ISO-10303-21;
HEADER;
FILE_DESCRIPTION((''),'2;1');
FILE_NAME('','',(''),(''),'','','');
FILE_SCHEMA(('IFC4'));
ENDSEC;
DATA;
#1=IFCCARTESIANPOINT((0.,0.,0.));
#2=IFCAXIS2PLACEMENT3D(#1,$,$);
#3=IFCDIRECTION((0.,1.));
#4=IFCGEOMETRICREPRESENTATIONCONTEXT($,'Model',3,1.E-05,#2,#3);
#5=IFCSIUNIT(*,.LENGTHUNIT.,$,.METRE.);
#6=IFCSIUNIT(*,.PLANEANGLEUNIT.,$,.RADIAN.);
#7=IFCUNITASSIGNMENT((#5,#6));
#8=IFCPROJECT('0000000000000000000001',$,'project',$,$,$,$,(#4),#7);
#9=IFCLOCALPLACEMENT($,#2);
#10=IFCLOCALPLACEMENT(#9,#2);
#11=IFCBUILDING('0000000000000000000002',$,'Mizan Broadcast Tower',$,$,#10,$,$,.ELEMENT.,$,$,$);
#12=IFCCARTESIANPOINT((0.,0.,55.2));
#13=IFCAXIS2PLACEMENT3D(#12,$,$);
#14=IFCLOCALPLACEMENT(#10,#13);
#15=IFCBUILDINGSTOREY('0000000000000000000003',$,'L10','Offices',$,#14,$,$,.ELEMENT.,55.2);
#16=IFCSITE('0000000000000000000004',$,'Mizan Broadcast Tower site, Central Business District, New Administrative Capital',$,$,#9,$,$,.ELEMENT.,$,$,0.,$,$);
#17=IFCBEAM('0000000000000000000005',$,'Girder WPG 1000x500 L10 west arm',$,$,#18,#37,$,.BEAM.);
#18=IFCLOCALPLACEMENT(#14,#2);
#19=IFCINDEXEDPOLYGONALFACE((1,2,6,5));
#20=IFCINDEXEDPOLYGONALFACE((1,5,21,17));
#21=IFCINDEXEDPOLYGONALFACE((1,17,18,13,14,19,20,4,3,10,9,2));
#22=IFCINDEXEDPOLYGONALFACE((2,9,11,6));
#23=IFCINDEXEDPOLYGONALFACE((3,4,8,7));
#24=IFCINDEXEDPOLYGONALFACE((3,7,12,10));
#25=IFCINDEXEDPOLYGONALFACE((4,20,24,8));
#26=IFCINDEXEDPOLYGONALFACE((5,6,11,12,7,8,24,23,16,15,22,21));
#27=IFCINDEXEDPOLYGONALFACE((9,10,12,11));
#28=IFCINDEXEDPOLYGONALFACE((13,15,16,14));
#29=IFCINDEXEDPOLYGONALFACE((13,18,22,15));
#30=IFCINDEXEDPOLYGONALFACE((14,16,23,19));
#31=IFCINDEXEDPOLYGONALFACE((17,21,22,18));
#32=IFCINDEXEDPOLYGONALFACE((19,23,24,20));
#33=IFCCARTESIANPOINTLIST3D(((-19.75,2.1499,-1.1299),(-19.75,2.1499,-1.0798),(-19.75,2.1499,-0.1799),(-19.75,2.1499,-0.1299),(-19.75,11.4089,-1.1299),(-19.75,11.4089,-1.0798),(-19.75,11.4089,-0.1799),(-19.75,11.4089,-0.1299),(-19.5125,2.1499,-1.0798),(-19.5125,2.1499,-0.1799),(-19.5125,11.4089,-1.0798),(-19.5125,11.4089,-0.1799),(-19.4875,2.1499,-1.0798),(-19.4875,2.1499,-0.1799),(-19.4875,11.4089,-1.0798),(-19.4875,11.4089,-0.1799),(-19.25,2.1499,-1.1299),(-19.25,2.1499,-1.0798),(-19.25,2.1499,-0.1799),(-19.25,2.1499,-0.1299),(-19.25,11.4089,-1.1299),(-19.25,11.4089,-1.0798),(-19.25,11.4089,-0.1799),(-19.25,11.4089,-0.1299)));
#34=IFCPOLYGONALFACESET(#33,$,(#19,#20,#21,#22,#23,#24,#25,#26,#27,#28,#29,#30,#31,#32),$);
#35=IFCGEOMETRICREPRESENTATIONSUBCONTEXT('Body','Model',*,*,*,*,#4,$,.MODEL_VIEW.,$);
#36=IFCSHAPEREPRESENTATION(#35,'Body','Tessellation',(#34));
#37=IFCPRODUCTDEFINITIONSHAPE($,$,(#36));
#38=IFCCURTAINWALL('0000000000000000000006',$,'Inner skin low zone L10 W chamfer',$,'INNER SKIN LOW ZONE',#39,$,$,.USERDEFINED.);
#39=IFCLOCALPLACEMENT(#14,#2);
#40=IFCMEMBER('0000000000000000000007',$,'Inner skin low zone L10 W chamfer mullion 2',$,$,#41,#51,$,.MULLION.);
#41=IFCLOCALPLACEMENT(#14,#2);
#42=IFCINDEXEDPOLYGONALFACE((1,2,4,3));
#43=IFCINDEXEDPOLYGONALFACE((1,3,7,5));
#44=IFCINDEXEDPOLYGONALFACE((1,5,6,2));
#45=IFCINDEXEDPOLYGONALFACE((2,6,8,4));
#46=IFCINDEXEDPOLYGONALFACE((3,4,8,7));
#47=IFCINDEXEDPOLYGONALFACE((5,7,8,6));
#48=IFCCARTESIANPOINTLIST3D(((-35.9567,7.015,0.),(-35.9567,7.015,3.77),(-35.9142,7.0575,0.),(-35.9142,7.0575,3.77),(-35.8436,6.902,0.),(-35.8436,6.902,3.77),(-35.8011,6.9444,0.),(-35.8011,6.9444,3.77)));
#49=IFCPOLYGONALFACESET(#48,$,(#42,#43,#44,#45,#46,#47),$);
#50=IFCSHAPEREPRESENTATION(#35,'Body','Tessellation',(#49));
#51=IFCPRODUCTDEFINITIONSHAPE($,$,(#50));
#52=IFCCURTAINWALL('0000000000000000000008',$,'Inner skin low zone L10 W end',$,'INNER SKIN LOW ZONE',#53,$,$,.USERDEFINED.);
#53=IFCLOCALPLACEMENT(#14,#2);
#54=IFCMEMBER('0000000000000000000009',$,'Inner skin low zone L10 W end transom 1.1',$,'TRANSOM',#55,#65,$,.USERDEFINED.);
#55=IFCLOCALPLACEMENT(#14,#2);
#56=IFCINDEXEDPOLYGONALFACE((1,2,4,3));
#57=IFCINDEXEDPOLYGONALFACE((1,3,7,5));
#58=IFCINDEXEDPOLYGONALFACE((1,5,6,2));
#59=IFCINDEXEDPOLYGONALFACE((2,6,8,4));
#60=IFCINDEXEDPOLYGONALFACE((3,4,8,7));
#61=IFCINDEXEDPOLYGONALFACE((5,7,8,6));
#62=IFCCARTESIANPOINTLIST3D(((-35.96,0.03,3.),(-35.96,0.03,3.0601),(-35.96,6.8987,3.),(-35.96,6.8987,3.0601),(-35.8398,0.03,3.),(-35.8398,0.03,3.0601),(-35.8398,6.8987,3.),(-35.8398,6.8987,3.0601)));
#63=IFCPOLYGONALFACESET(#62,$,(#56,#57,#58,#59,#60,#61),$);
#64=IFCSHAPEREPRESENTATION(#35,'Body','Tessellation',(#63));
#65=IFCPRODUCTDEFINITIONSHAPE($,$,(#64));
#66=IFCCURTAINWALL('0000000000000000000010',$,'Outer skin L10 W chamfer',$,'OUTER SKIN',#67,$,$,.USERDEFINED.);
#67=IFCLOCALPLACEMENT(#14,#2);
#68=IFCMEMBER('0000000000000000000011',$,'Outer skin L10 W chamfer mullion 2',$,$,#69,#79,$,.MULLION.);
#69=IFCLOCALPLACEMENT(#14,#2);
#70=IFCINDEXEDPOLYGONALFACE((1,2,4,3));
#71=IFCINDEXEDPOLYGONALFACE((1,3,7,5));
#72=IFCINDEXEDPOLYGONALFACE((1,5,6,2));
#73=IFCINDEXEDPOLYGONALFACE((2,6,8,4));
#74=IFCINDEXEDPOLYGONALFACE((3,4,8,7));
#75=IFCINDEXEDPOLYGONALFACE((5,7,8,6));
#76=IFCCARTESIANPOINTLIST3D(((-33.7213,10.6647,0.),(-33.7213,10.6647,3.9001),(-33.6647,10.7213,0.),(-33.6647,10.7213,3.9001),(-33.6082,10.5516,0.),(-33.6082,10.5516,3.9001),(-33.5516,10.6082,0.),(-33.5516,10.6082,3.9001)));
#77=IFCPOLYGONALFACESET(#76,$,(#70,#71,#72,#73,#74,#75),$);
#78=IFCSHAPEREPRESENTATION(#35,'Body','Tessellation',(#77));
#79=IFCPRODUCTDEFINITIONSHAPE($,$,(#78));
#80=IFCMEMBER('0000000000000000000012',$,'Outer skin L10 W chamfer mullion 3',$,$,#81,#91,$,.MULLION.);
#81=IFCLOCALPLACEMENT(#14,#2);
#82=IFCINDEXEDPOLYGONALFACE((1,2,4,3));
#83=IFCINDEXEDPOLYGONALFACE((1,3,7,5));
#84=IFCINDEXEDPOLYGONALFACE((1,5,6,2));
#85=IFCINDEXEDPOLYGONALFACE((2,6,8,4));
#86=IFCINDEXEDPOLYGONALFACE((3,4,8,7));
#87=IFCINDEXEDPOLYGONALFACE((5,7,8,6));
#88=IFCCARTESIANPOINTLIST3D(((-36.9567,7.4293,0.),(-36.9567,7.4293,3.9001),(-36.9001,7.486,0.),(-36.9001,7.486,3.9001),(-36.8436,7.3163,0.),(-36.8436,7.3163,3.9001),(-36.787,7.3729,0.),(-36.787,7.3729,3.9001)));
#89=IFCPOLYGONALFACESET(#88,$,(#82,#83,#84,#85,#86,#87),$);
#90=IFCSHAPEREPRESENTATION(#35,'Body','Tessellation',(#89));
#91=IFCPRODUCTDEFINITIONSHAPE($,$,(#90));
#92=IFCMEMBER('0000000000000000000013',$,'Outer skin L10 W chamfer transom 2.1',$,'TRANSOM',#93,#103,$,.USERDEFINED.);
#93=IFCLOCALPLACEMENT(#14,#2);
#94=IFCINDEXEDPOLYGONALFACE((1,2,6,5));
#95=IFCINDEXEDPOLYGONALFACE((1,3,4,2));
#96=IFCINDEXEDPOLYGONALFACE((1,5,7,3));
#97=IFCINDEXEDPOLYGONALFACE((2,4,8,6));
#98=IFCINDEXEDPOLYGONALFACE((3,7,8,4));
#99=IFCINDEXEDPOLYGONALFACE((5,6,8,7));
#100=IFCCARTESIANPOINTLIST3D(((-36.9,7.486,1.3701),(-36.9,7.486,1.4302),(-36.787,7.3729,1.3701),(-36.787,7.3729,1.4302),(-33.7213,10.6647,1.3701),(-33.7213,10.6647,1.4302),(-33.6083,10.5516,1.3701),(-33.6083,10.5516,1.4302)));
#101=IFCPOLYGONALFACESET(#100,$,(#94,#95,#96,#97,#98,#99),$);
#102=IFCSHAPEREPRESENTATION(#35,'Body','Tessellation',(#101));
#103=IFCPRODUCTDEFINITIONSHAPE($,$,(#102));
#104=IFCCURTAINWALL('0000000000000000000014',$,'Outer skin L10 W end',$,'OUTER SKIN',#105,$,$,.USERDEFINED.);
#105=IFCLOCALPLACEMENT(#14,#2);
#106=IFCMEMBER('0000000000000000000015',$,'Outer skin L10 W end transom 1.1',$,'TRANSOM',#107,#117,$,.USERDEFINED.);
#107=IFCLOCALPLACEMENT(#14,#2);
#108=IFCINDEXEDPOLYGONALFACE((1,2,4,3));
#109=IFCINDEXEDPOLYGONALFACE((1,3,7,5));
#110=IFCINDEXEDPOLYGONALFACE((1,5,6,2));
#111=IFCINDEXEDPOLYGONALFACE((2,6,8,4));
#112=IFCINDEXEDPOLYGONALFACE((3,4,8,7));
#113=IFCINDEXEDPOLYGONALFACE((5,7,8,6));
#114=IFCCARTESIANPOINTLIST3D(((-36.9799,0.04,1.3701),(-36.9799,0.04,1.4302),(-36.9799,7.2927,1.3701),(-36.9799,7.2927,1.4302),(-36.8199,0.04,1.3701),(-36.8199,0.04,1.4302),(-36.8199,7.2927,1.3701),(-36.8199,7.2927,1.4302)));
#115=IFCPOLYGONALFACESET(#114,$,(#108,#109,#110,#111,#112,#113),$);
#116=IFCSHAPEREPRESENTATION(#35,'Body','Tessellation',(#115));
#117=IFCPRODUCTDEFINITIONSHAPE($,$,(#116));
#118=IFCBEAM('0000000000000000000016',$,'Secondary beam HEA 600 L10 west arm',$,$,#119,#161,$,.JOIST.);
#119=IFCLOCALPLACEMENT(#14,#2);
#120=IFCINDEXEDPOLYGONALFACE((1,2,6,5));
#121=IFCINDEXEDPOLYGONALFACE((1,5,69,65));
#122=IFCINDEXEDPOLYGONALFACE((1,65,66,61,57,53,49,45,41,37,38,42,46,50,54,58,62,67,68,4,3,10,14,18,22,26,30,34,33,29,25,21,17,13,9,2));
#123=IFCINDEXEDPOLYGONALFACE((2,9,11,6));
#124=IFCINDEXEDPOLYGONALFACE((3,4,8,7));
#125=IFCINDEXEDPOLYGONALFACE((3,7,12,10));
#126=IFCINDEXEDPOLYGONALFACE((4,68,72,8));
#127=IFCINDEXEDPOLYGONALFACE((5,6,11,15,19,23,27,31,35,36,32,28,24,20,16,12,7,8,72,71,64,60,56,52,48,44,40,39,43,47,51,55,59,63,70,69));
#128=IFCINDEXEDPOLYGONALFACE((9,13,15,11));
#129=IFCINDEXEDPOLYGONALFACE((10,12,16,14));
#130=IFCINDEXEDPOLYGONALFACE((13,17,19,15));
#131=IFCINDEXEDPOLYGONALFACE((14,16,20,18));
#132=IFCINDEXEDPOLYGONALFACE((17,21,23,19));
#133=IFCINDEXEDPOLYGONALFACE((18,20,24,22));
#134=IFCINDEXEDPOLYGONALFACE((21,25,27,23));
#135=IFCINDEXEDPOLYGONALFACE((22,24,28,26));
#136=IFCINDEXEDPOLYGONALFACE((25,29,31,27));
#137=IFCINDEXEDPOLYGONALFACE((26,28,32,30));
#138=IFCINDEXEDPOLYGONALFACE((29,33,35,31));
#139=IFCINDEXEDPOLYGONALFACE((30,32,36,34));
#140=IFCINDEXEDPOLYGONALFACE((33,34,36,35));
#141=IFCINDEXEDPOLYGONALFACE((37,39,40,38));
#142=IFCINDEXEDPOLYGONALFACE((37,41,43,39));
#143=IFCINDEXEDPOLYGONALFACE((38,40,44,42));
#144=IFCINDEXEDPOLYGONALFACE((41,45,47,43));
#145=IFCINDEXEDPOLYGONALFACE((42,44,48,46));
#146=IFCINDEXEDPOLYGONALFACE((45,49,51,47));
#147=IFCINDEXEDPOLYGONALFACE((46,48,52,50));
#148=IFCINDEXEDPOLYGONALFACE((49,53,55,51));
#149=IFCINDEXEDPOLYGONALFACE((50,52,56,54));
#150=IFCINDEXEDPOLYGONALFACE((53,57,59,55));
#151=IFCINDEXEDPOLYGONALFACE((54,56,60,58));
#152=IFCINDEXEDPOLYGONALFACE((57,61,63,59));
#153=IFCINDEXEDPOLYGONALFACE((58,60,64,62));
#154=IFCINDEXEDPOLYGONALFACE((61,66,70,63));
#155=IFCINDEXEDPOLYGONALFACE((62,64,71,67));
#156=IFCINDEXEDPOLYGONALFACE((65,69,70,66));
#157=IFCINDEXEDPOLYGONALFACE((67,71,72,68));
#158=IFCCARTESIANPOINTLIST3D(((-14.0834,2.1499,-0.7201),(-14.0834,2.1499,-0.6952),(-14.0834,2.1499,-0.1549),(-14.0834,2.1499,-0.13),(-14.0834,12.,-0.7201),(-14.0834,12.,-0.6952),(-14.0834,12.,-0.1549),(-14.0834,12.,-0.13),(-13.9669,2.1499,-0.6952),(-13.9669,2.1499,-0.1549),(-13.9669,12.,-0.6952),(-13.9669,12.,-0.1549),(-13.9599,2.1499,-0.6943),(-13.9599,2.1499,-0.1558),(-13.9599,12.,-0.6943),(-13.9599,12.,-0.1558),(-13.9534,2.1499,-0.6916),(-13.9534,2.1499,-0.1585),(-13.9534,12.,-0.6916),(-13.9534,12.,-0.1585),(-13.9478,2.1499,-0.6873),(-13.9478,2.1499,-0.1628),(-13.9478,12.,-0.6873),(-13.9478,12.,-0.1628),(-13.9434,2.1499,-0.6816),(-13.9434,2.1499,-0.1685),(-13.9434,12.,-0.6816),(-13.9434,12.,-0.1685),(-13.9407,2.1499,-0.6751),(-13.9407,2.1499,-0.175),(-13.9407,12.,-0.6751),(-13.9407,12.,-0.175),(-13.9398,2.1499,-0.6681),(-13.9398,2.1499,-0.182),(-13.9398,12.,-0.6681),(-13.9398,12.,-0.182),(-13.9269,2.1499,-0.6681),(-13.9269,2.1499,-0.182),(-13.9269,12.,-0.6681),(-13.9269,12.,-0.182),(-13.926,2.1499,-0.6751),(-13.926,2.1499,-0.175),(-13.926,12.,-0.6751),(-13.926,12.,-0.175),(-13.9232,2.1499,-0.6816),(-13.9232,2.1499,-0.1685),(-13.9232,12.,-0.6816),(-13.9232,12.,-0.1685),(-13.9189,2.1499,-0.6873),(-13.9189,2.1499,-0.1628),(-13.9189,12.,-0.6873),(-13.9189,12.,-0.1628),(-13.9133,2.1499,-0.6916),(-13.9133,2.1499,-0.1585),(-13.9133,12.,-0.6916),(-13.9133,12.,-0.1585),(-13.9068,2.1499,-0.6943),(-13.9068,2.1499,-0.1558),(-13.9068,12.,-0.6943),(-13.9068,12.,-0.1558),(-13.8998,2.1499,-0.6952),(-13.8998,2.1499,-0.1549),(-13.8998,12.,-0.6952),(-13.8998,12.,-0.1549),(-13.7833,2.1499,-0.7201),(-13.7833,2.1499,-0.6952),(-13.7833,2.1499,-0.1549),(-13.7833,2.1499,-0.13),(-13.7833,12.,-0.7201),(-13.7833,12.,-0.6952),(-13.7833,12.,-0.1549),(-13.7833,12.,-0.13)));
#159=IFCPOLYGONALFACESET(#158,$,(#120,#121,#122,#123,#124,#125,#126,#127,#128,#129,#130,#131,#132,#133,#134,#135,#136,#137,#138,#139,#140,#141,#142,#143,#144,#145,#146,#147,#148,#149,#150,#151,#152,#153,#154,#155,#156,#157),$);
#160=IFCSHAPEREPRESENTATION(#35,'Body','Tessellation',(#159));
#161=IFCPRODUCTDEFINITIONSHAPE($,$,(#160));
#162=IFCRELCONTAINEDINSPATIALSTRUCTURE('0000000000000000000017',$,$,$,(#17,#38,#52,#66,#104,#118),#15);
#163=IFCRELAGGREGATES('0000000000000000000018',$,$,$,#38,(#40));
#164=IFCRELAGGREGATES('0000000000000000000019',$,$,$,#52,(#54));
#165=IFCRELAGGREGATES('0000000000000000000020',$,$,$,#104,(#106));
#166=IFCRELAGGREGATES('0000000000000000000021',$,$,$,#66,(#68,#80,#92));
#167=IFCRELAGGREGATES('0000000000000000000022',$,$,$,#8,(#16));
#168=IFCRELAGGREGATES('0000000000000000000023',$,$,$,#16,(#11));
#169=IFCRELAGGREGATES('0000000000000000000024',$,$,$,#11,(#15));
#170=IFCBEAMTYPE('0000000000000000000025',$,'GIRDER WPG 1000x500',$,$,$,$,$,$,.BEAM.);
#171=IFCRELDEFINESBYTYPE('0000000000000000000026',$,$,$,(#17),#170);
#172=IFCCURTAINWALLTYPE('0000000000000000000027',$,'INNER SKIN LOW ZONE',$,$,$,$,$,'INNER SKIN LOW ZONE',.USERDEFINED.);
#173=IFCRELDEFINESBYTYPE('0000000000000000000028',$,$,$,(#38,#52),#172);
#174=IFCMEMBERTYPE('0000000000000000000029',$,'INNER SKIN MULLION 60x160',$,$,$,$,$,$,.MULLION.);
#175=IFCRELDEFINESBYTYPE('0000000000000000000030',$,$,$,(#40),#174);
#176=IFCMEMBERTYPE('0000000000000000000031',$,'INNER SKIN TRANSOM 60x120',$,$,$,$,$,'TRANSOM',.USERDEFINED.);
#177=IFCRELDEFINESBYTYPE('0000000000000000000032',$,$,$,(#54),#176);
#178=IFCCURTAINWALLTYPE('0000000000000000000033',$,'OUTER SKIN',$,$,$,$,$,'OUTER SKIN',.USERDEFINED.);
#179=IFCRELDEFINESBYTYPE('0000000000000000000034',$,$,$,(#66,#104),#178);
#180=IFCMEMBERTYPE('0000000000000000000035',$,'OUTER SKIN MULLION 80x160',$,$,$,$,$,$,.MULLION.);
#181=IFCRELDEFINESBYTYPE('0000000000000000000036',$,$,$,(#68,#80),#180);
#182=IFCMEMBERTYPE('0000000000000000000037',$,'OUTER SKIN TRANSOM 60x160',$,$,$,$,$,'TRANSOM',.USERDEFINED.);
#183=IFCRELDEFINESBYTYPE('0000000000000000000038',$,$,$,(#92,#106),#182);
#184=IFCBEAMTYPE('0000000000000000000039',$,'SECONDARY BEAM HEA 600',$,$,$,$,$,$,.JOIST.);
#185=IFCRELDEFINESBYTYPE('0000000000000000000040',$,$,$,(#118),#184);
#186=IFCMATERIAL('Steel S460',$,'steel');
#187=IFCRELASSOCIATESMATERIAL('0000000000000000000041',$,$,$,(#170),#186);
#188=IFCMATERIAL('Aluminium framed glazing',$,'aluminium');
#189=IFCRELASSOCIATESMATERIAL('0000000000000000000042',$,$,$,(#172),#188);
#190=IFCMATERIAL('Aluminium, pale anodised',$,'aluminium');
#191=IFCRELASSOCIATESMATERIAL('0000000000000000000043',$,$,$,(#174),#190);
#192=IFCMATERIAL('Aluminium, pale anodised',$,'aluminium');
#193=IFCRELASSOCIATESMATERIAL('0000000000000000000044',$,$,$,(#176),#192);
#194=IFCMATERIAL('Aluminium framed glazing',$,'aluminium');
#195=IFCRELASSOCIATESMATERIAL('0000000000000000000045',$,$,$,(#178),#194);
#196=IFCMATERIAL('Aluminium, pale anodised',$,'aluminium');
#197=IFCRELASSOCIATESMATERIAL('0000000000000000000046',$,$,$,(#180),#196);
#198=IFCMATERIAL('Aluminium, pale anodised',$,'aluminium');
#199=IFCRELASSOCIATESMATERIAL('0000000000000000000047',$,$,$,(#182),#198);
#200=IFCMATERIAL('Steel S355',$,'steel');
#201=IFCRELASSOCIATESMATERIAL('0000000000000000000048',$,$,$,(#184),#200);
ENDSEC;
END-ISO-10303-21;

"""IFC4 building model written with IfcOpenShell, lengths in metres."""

from ifc_helpers import new_model, si_unit, direction, frame, origin, origin_2d, place, context, subcontext, project, spatial, rectangle, i_section, extrude, material, material_profile, profile_set, type_object, element, aggregate, save


model = new_model("IFC4")

# Units and contexts
model_context = context("Model", 3, precision=1e-05, world=origin(), true_north=direction((0.0, 1.0)))
body_context = subcontext(model_context, "Body", "Model", "MODEL_VIEW")
ifc_project = project(units=[si_unit("LENGTHUNIT", "METRE"), si_unit("PLANEANGLEUNIT", "RADIAN")], contexts=[model_context])

# Site, building, storey
site_placement = place(None, origin())
site = spatial("IfcSite", under=ifc_project, at=site_placement, Name="Mizan Broadcast Tower site, Central Business District, New Administrative Capital", CompositionType="ELEMENT", RefElevation=0.0)
building_placement = place(site_placement, origin())
building = spatial("IfcBuilding", under=site, at=building_placement, Name="Mizan Broadcast Tower", CompositionType="ELEMENT")
storey_placement = place(building_placement, frame((0.0, 0.0, 55.2)))
storey = spatial("IfcBuildingStorey", under=building, at=storey_placement, Name="L10", Description="Offices", CompositionType="ELEMENT", Elevation=55.2)

# Beam
ifc_material_1 = material(Name="Steel S460", Category="steel")
ifc_material_profile_1 = material_profile(ifc_material_1, i_section(OverallWidth=0.5, OverallDepth=1.0, WebThickness=0.0249, FlangeThickness=0.05, at=origin_2d()), Name="WPG 1000x500")
ifc_profile_set_1 = profile_set([ifc_material_profile_1], Name="Steel S460")
beam_type_1 = type_object("IfcBeamType", Name="GIRDER WPG 1000x500", PredefinedType="BEAM", material=ifc_profile_set_1)
beam_1_placement = place(storey_placement, frame((-19.5, 11.4089, -0.6299), z_axis=(0.0, -1.0, 0.0), x_axis=(1.0, 0.0, 0.0)))
element("IfcBeam", 1, at=beam_1_placement, inside=storey, type_object=beam_type_1, Name="Girder WPG 1000x500 L10 west arm", PredefinedType="BEAM", context=body_context, shape_type="SweptSolid", body=[
    extrude(i_section(OverallWidth=0.5, OverallDepth=1.0, WebThickness=0.0249, FlangeThickness=0.05, at=origin_2d()), origin(), (0.0, 0.0, 1.0), 9.259),
])

# Curtain walls, members
ifc_material_2 = material(Name="Aluminium framed glazing", Category="aluminium")
curtain_wall_type_1 = type_object("IfcCurtainWallType", Name="INNER SKIN LOW ZONE", ElementType="INNER SKIN LOW ZONE", PredefinedType="USERDEFINED", material=ifc_material_2)
curtain_wall_1_placement = place(storey_placement, origin())
curtain_wall_1 = element("IfcCurtainWall", 2, at=curtain_wall_1_placement, inside=storey, type_object=curtain_wall_type_1, Name="Inner skin low zone L10 W chamfer", ObjectType="INNER SKIN LOW ZONE", PredefinedType="USERDEFINED")
ifc_material_3 = material(Name="Aluminium, pale anodised", Category="aluminium")
ifc_material_profile_2 = material_profile(ifc_material_3, rectangle(XDim=0.1599, YDim=0.0601, at=origin_2d()), Name="MULLION 160x60")
ifc_profile_set_2 = profile_set([ifc_material_profile_2], Name="Aluminium, pale anodised")
member_type_1 = type_object("IfcMemberType", Name="INNER SKIN MULLION 60x160", PredefinedType="MULLION", material=ifc_profile_set_2)
member_1_placement = place(storey_placement, frame((-35.8789, 6.9797, 0.0), z_axis=(0.0, 0.0, 1.0), x_axis=(0.707107, -0.707107, 0.0)))
member_1 = element("IfcMember", 3, at=member_1_placement, type_object=member_type_1, Name="Inner skin low zone L10 W chamfer mullion 2", PredefinedType="MULLION", context=body_context, shape_type="SweptSolid", body=[
    extrude(rectangle(XDim=0.1599, YDim=0.0601, at=origin_2d()), origin(), (0.0, 0.0, 1.0), 3.77),
])
curtain_wall_2_placement = place(storey_placement, origin())
curtain_wall_2 = element("IfcCurtainWall", 4, at=curtain_wall_2_placement, inside=storey, type_object=curtain_wall_type_1, Name="Inner skin low zone L10 W end", ObjectType="INNER SKIN LOW ZONE", PredefinedType="USERDEFINED")
ifc_material_4 = material(Name="Aluminium, pale anodised", Category="aluminium")
ifc_material_profile_3 = material_profile(ifc_material_4, rectangle(XDim=0.1201, YDim=0.0601, at=origin_2d()), Name="TRANSOM 120x60")
ifc_profile_set_3 = profile_set([ifc_material_profile_3], Name="Aluminium, pale anodised")
member_type_2 = type_object("IfcMemberType", Name="INNER SKIN TRANSOM 60x120", ElementType="TRANSOM", PredefinedType="USERDEFINED", material=ifc_profile_set_3)
member_2_placement = place(storey_placement, frame((-35.8999, 6.8987, 3.03), z_axis=(0.0, -1.0, 0.0), x_axis=(1.0, 0.0, 0.0)))
member_2 = element("IfcMember", 5, at=member_2_placement, type_object=member_type_2, Name="Inner skin low zone L10 W end transom 1.1", ObjectType="TRANSOM", PredefinedType="USERDEFINED", context=body_context, shape_type="SweptSolid", body=[
    extrude(rectangle(XDim=0.1201, YDim=0.0601, at=origin_2d()), origin(), (0.0, 0.0, 1.0), 6.8687),
])

# Curtain wall, members
ifc_material_5 = material(Name="Aluminium framed glazing", Category="aluminium")
curtain_wall_type_2 = type_object("IfcCurtainWallType", Name="OUTER SKIN", ElementType="OUTER SKIN", PredefinedType="USERDEFINED", material=ifc_material_5)
curtain_wall_3_placement = place(storey_placement, origin())
curtain_wall_3 = element("IfcCurtainWall", 6, at=curtain_wall_3_placement, inside=storey, type_object=curtain_wall_type_2, Name="Outer skin L10 W chamfer", ObjectType="OUTER SKIN", PredefinedType="USERDEFINED")
ifc_material_6 = material(Name="Aluminium, pale anodised", Category="aluminium")
ifc_material_profile_4 = material_profile(ifc_material_6, rectangle(XDim=0.1599, YDim=0.0801, at=origin_2d()), Name="MULLION 160x80")
ifc_profile_set_4 = profile_set([ifc_material_profile_4], Name="Aluminium, pale anodised")
member_type_3 = type_object("IfcMemberType", Name="OUTER SKIN MULLION 80x160", PredefinedType="MULLION", material=ifc_profile_set_4)
member_3_placement = place(storey_placement, frame((-33.6365, 10.6365, 0.0), z_axis=(0.0, 0.0, 1.0), x_axis=(0.707107, -0.707107, 0.0)))
member_3 = element("IfcMember", 7, at=member_3_placement, type_object=member_type_3, Name="Outer skin L10 W chamfer mullion 2", PredefinedType="MULLION", context=body_context, shape_type="SweptSolid", body=[
    extrude(rectangle(XDim=0.1599, YDim=0.0801, at=origin_2d()), origin(), (0.0, 0.0, 1.0), 3.9001),
])
member_4_placement = place(storey_placement, frame((-36.8718, 7.4011, 0.0), z_axis=(0.0, 0.0, 1.0), x_axis=(0.707107, -0.707107, 0.0)))
member_4 = element("IfcMember", 8, at=member_4_placement, type_object=member_type_3, Name="Outer skin L10 W chamfer mullion 3", PredefinedType="MULLION", context=body_context, shape_type="SweptSolid", body=[
    extrude(rectangle(XDim=0.1599, YDim=0.0801, at=origin_2d()), origin(), (0.0, 0.0, 1.0), 3.9001),
])
ifc_material_7 = material(Name="Aluminium, pale anodised", Category="aluminium")
ifc_material_profile_5 = material_profile(ifc_material_7, rectangle(XDim=0.1599, YDim=0.0601, at=origin_2d()), Name="TRANSOM 160x60")
ifc_profile_set_5 = profile_set([ifc_material_profile_5], Name="Aluminium, pale anodised")
member_type_4 = type_object("IfcMemberType", Name="OUTER SKIN TRANSOM 60x160", ElementType="TRANSOM", PredefinedType="USERDEFINED", material=ifc_profile_set_5)
member_5_placement = place(storey_placement, frame((-33.6648, 10.6082, 1.4001), z_axis=(-0.707107, -0.707107, 0.0), x_axis=(0.707107, -0.707107, 0.0)))
member_5 = element("IfcMember", 9, at=member_5_placement, type_object=member_type_4, Name="Outer skin L10 W chamfer transom 2.1", ObjectType="TRANSOM", PredefinedType="USERDEFINED", context=body_context, shape_type="SweptSolid", body=[
    extrude(rectangle(XDim=0.1599, YDim=0.0601, at=origin_2d()), origin(), (0.0, 0.0, 1.0), 4.4954),
])

# Curtain wall, member
curtain_wall_4_placement = place(storey_placement, origin())
curtain_wall_4 = element("IfcCurtainWall", 10, at=curtain_wall_4_placement, inside=storey, type_object=curtain_wall_type_2, Name="Outer skin L10 W end", ObjectType="OUTER SKIN", PredefinedType="USERDEFINED")
member_6_placement = place(storey_placement, frame((-36.8999, 7.2927, 1.4001), z_axis=(0.0, -1.0, 0.0), x_axis=(1.0, 0.0, 0.0)))
member_6 = element("IfcMember", 11, at=member_6_placement, type_object=member_type_4, Name="Outer skin L10 W end transom 1.1", ObjectType="TRANSOM", PredefinedType="USERDEFINED", context=body_context, shape_type="SweptSolid", body=[
    extrude(rectangle(XDim=0.1599, YDim=0.0601, at=origin_2d()), origin(), (0.0, 0.0, 1.0), 7.2527),
])

# Beam
ifc_material_8 = material(Name="Steel S355", Category="steel")
ifc_material_profile_6 = material_profile(ifc_material_8, i_section(OverallWidth=0.3, OverallDepth=0.5901, WebThickness=0.0129, FlangeThickness=0.0249, FilletRadius=0.0271, at=origin_2d()), Name="HEA 600")
ifc_profile_set_6 = profile_set([ifc_material_profile_6], Name="Steel S355")
beam_type_2 = type_object("IfcBeamType", Name="SECONDARY BEAM HEA 600", PredefinedType="JOIST", material=ifc_profile_set_6)
for number, where, z_axis, x_axis, name in (
    (12, (-13.9333, 12.0, -0.425), (0.0, -1.0, 0.0), (1.0, 0.0, 0.0), "Secondary beam HEA 600 L10 west arm"),
):
    element("IfcBeam", number, at=place(storey_placement, frame(where, z_axis=z_axis, x_axis=x_axis)), inside=storey, type_object=beam_type_2, Name=name, PredefinedType="JOIST", context=body_context, shape_type="SweptSolid", body=[
        extrude(i_section(OverallWidth=0.3, OverallDepth=0.5901, WebThickness=0.0129, FlangeThickness=0.0249, FilletRadius=0.0271, at=origin_2d()), origin(), (0.0, 0.0, 1.0), 9.8501),
    ])

aggregate(curtain_wall_1, [member_1])
aggregate(curtain_wall_2, [member_2])
aggregate(curtain_wall_4, [member_6])
aggregate(curtain_wall_3, [member_3, member_4, member_5])

save(model, "model.ifc")
